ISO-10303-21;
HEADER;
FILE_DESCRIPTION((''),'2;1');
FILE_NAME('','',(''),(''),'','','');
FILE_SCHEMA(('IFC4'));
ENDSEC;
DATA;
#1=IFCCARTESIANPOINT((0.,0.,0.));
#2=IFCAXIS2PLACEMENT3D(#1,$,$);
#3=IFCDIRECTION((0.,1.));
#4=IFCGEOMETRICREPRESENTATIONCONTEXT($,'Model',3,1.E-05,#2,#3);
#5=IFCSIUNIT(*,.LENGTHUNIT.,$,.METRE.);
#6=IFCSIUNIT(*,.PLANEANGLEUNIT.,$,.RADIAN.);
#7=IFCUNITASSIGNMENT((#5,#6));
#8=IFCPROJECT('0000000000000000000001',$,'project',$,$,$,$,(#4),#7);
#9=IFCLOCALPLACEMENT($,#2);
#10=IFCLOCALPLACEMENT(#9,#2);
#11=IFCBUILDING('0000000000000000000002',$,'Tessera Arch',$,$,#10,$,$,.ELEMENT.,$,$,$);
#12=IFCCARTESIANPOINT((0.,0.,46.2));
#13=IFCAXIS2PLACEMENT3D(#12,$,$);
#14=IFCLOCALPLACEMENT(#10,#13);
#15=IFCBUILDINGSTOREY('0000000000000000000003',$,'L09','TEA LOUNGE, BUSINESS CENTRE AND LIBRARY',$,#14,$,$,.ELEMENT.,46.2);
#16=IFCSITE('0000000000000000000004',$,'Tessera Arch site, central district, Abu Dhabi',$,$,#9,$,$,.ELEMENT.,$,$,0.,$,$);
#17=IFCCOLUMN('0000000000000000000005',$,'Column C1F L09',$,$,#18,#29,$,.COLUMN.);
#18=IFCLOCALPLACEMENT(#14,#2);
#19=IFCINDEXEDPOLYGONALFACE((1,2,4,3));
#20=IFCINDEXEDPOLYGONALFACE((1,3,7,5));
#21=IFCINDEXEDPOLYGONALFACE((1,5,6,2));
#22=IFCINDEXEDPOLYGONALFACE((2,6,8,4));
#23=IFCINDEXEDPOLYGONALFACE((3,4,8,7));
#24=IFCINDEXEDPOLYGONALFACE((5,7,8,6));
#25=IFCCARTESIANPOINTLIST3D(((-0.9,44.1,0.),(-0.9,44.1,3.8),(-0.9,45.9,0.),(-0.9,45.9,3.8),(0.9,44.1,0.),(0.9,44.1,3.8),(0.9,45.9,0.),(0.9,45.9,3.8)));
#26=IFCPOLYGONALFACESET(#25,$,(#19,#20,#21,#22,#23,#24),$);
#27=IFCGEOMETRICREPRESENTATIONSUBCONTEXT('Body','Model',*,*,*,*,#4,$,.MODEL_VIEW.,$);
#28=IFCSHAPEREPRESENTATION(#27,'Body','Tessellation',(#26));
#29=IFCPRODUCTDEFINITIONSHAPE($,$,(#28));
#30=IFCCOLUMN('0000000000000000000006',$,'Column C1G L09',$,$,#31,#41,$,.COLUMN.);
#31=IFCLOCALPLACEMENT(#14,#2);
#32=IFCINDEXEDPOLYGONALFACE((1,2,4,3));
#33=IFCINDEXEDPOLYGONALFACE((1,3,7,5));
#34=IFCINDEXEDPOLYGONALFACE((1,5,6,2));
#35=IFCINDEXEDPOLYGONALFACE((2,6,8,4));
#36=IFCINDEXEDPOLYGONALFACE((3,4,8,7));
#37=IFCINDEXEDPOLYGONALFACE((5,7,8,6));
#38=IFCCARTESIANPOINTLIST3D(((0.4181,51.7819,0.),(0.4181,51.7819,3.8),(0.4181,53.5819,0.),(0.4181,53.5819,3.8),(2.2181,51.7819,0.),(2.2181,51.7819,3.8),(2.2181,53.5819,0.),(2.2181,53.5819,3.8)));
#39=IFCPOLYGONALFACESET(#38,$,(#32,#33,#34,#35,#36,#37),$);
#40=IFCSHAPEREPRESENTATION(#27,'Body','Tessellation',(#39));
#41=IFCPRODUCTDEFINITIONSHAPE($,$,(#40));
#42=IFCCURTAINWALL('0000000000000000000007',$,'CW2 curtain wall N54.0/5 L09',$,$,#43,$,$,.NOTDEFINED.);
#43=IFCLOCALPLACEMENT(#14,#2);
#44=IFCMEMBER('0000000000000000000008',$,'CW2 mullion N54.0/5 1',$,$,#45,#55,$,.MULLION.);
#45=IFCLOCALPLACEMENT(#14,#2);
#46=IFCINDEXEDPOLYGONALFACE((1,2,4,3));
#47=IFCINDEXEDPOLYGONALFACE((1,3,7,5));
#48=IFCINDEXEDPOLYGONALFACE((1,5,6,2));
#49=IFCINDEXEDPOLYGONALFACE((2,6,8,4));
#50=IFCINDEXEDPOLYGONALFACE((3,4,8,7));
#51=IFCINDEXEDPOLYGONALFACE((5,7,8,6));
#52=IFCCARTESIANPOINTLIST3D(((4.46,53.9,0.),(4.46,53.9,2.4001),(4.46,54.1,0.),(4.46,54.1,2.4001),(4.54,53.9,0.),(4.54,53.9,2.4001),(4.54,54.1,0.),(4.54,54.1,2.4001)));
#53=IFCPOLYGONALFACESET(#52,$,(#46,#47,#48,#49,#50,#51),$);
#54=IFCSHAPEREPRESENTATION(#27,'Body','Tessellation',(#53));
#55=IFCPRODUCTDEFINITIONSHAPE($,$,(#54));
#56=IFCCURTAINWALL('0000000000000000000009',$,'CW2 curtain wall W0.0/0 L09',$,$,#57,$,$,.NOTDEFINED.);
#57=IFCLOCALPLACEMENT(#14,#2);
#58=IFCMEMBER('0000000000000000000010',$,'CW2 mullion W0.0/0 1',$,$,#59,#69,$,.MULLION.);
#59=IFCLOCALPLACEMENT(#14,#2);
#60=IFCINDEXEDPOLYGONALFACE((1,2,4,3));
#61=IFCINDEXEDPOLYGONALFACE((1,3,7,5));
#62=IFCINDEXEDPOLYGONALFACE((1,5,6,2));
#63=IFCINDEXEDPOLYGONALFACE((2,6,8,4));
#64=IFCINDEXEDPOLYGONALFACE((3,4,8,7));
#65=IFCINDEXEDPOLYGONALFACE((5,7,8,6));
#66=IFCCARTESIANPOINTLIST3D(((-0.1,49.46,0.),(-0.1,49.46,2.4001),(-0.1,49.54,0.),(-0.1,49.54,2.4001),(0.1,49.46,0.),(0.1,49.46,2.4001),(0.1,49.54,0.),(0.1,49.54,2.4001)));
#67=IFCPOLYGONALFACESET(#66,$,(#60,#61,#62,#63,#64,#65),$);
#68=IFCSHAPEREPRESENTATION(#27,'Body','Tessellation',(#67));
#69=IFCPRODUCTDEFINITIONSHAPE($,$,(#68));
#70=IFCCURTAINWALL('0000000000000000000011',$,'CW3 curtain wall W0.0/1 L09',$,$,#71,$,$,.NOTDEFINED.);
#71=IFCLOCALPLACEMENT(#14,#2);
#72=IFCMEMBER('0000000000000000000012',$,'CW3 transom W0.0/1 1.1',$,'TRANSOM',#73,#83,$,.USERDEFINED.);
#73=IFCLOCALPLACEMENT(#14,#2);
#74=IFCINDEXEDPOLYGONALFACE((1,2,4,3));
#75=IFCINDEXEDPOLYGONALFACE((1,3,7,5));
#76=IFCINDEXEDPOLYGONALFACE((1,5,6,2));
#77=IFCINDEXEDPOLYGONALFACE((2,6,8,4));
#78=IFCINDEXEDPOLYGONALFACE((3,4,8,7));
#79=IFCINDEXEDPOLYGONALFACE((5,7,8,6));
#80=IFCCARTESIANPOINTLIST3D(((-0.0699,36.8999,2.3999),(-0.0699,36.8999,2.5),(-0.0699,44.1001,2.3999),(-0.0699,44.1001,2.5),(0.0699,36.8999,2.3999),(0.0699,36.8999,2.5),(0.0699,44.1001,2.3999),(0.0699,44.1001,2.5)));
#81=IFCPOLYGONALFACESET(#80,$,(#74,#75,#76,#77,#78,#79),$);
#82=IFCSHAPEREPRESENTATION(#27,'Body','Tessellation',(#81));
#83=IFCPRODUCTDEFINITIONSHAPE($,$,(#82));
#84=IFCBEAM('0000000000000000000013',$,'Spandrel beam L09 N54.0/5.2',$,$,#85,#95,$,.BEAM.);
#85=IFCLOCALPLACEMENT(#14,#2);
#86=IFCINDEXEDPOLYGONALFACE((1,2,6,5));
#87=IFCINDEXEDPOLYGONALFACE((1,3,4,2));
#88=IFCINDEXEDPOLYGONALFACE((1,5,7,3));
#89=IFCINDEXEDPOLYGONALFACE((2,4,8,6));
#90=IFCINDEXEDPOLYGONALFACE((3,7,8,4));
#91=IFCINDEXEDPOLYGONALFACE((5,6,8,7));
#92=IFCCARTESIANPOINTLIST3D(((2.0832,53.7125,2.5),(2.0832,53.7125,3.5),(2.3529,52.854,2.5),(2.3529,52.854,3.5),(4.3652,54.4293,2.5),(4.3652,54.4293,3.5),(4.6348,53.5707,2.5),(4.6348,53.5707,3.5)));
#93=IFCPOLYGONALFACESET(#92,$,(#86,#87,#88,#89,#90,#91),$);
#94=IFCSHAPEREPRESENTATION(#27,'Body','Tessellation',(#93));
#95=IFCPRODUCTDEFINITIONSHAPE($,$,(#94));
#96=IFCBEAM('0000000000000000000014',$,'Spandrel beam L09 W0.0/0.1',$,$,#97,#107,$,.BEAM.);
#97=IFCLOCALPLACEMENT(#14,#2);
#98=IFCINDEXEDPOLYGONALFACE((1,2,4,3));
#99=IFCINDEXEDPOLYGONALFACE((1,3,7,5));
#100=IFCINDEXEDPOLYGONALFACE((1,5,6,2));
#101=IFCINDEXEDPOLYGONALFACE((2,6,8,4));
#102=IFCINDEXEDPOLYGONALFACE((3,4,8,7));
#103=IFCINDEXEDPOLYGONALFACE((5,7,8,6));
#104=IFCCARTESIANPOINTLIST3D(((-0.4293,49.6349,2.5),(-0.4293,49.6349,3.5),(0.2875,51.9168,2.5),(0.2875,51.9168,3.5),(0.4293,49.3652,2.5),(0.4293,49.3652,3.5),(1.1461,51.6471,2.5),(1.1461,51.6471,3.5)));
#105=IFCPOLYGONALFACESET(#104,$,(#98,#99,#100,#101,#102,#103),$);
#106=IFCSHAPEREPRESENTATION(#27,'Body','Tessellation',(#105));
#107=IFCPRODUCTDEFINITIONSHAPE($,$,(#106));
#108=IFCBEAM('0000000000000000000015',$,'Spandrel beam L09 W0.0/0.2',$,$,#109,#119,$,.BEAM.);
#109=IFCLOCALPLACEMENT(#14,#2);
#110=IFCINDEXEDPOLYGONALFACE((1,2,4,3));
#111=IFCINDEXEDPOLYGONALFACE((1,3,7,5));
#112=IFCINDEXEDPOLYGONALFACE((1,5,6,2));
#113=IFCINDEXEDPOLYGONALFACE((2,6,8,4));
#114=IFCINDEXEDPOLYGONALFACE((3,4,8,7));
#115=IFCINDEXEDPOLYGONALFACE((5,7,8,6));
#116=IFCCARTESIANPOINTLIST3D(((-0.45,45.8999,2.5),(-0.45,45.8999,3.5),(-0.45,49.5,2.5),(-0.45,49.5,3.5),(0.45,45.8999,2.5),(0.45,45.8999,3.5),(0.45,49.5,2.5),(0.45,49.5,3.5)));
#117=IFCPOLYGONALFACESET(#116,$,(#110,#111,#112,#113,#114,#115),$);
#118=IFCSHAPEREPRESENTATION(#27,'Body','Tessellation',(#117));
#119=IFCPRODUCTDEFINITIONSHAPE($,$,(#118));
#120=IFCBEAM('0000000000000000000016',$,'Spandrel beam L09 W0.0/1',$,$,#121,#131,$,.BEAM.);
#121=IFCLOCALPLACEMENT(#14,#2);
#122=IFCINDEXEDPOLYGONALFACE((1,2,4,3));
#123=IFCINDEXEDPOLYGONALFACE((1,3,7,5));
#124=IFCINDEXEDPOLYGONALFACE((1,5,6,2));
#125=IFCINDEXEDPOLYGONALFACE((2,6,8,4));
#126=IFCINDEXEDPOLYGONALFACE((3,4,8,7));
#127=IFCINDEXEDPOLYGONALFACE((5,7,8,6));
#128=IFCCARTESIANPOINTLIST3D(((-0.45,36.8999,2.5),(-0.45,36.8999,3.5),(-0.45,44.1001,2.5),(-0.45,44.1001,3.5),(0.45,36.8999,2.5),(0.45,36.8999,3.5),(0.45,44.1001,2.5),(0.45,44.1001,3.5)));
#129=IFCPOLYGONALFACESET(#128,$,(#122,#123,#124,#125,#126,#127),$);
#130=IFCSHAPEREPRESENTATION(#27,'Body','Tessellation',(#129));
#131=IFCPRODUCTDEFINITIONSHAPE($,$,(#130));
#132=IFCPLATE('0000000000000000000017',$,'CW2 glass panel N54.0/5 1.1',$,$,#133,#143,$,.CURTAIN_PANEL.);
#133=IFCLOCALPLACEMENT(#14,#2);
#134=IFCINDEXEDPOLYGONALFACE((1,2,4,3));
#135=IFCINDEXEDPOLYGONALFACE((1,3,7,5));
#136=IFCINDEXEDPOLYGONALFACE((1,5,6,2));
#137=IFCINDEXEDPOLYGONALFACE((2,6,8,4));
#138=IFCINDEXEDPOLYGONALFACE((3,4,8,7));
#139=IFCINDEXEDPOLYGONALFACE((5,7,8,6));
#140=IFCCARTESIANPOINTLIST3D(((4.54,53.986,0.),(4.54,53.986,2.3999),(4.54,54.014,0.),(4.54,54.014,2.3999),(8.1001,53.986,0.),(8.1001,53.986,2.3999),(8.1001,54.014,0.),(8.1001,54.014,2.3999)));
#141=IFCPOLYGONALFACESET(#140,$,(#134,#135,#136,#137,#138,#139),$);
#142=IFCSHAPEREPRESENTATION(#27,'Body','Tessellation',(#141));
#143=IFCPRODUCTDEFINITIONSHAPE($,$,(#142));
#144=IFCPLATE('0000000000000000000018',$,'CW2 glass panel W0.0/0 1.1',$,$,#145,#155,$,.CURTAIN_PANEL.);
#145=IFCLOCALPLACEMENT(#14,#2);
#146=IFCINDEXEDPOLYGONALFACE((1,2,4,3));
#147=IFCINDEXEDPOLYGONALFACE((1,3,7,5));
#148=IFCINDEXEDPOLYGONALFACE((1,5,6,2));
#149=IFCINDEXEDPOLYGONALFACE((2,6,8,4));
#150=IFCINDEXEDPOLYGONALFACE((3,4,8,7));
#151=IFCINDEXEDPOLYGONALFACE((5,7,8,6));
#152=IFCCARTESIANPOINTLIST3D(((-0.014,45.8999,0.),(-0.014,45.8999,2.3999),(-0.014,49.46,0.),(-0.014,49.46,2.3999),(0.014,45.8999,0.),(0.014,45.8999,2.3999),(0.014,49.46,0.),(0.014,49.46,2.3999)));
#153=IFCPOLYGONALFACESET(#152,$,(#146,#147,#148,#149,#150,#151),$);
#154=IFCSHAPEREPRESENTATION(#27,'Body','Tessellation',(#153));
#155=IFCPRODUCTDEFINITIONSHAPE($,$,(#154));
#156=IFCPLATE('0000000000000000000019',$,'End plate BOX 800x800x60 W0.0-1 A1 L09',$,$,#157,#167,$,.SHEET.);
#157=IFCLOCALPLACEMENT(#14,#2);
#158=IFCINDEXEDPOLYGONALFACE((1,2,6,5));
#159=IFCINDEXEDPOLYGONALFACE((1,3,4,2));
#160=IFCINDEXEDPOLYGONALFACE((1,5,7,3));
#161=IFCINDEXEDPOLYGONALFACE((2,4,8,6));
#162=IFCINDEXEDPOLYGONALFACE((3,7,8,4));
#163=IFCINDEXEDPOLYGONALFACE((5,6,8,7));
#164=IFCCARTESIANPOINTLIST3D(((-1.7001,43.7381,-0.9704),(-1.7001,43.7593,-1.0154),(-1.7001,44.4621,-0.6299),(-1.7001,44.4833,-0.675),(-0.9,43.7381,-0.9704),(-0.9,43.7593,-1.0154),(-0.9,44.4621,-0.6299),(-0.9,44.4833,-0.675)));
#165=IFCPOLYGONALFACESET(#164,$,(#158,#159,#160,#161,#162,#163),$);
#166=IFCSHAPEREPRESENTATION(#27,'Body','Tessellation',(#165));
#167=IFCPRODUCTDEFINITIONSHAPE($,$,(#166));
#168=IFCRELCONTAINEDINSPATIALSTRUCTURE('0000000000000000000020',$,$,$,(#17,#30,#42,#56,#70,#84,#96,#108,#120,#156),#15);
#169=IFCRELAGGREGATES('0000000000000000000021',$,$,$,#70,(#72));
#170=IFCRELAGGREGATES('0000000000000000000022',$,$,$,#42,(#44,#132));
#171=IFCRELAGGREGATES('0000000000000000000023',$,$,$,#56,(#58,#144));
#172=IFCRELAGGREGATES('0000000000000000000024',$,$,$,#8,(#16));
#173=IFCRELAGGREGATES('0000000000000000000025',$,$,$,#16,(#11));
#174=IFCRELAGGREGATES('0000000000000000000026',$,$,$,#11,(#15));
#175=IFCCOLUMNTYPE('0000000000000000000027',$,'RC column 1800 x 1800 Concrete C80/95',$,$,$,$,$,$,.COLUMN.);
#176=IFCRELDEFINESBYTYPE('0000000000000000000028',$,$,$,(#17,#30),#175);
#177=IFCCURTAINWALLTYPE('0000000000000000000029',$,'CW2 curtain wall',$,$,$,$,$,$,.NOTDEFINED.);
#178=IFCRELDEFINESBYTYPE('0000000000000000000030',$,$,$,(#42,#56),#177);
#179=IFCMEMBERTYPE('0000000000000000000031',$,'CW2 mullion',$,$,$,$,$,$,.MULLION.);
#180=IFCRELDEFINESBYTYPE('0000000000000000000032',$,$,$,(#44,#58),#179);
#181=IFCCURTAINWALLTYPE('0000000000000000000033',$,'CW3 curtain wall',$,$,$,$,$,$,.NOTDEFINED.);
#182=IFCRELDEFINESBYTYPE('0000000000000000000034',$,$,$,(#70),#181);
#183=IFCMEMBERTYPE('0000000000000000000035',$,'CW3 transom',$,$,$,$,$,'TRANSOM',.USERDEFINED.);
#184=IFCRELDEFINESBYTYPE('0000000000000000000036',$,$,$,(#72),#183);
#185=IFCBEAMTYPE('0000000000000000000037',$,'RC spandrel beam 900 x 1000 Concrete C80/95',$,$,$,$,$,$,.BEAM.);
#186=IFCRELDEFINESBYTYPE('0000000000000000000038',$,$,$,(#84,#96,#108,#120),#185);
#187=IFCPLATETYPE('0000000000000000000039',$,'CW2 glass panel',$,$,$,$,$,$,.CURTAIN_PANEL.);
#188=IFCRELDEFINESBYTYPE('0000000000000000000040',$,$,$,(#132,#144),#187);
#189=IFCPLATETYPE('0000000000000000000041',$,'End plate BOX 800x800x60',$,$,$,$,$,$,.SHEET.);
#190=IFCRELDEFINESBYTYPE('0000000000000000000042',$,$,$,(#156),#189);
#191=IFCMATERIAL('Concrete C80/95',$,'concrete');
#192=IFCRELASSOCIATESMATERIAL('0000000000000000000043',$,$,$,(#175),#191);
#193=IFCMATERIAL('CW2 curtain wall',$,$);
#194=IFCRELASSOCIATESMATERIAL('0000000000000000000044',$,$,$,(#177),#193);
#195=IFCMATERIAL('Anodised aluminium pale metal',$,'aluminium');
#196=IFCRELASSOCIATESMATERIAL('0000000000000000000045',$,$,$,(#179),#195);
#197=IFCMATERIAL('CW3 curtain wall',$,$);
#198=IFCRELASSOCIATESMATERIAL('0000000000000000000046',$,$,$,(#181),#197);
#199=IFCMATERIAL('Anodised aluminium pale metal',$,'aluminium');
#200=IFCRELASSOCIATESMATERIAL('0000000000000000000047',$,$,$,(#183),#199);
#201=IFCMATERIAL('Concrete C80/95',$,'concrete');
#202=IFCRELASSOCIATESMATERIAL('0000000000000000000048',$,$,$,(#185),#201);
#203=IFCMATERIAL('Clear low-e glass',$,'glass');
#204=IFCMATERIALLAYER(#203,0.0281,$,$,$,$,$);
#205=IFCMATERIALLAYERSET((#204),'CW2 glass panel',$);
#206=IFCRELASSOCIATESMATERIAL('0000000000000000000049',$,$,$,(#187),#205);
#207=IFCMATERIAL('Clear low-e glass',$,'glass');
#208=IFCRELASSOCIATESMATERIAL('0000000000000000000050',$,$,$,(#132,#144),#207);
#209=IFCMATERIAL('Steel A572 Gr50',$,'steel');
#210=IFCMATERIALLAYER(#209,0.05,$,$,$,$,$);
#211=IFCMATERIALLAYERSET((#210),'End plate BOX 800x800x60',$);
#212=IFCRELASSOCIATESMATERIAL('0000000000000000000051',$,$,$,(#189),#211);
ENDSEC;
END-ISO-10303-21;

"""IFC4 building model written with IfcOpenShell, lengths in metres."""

from ifc_helpers import new_model, si_unit, direction, frame, origin, origin_2d, place, context, subcontext, project, spatial, rectangle, extrude, material, layer, layer_set, material_profile, profile_set, type_object, element, aggregate, save


model = new_model("IFC4")

# Units and contexts
model_context = context("Model", 3, precision=1e-05, world=origin(), true_north=direction((0.0, 1.0)))
body_context = subcontext(model_context, "Body", "Model", "MODEL_VIEW")
ifc_project = project(units=[si_unit("LENGTHUNIT", "METRE"), si_unit("PLANEANGLEUNIT", "RADIAN")], contexts=[model_context])

# Site, building, storey
site_placement = place(None, origin())
site = spatial("IfcSite", under=ifc_project, at=site_placement, Name="Tessera Arch site, central district, Abu Dhabi", CompositionType="ELEMENT", RefElevation=0.0)
building_placement = place(site_placement, origin())
building = spatial("IfcBuilding", under=site, at=building_placement, Name="Tessera Arch", CompositionType="ELEMENT")
storey_placement = place(building_placement, frame((0.0, 0.0, 46.2)))
storey = spatial("IfcBuildingStorey", under=building, at=storey_placement, Name="L09", Description="TEA LOUNGE, BUSINESS CENTRE AND LIBRARY", CompositionType="ELEMENT", Elevation=46.2)

# Columns
ifc_material_1 = material(Name="Concrete C80/95", Category="concrete")
ifc_material_profile_1 = material_profile(ifc_material_1, rectangle(XDim=1.8, YDim=1.8, at=origin_2d()), Name="RC column 1800 x 1800 Concrete C80/95")
ifc_profile_set_1 = profile_set([ifc_material_profile_1], Name="Concrete C80/95")
column_type = type_object("IfcColumnType", Name="RC column 1800 x 1800 Concrete C80/95", PredefinedType="COLUMN", material=ifc_profile_set_1)
for number, where, z_axis, x_axis, name in (
    (1, (0.0, 45.0, 0.0), (0.0, 0.0, 1.0), (1.0, 0.0, 0.0), "Column C1F L09"),
    (2, (1.3181, 52.6819, 0.0), (0.0, 0.0, 1.0), (1.0, 0.0, 0.0), "Column C1G L09"),
):
    element("IfcColumn", number, at=place(storey_placement, frame(where, z_axis=z_axis, x_axis=x_axis)), inside=storey, type_object=column_type, Name=name, PredefinedType="COLUMN", context=body_context, shape_type="SweptSolid", body=[
        extrude(rectangle(XDim=1.8, YDim=1.8, at=origin_2d()), origin(), (0.0, 0.0, 1.0), 3.8),
    ])

# Curtain walls, members
ifc_material_2 = material(Name="CW2 curtain wall")
curtain_wall_type_1 = type_object("IfcCurtainWallType", Name="CW2 curtain wall", PredefinedType="NOTDEFINED", material=ifc_material_2)
curtain_wall_1_placement = place(storey_placement, origin())
curtain_wall_1 = element("IfcCurtainWall", 3, at=curtain_wall_1_placement, inside=storey, type_object=curtain_wall_type_1, Name="CW2 curtain wall N54.0/5 L09", PredefinedType="NOTDEFINED")
ifc_material_3 = material(Name="Anodised aluminium pale metal", Category="aluminium")
ifc_material_profile_2 = material_profile(ifc_material_3, rectangle(XDim=0.2, YDim=0.0801, at=origin_2d()), Name="AL 80x200")
ifc_profile_set_2 = profile_set([ifc_material_profile_2], Name="Anodised aluminium pale metal")
member_type_1 = type_object("IfcMemberType", Name="CW2 mullion", PredefinedType="MULLION", material=ifc_profile_set_2)
member_1_placement = place(storey_placement, frame((4.5, 54.0, 0.0), z_axis=(0.0, 0.0, 1.0), x_axis=(0.0, -1.0, 0.0)))
member_1 = element("IfcMember", 4, at=member_1_placement, type_object=member_type_1, Name="CW2 mullion N54.0/5 1", PredefinedType="MULLION", context=body_context, shape_type="SweptSolid", body=[
    extrude(rectangle(XDim=0.2, YDim=0.0801, at=origin_2d()), origin(), (0.0, 0.0, 1.0), 2.4001),
])
curtain_wall_2_placement = place(storey_placement, origin())
curtain_wall_2 = element("IfcCurtainWall", 5, at=curtain_wall_2_placement, inside=storey, type_object=curtain_wall_type_1, Name="CW2 curtain wall W0.0/0 L09", PredefinedType="NOTDEFINED")
member_2_placement = place(storey_placement, frame((0.0, 49.5, 0.0), z_axis=(0.0, 0.0, 1.0), x_axis=(1.0, 0.0, 0.0)))
member_2 = element("IfcMember", 6, at=member_2_placement, type_object=member_type_1, Name="CW2 mullion W0.0/0 1", PredefinedType="MULLION", context=body_context, shape_type="SweptSolid", body=[
    extrude(rectangle(XDim=0.2, YDim=0.0801, at=origin_2d()), origin(), (0.0, 0.0, 1.0), 2.4001),
])
ifc_material_4 = material(Name="CW3 curtain wall")
curtain_wall_type_2 = type_object("IfcCurtainWallType", Name="CW3 curtain wall", PredefinedType="NOTDEFINED", material=ifc_material_4)
curtain_wall_3_placement = place(storey_placement, origin())
curtain_wall_3 = element("IfcCurtainWall", 7, at=curtain_wall_3_placement, inside=storey, type_object=curtain_wall_type_2, Name="CW3 curtain wall W0.0/1 L09", PredefinedType="NOTDEFINED")
ifc_material_5 = material(Name="Anodised aluminium pale metal", Category="aluminium")
ifc_material_profile_3 = material_profile(ifc_material_5, rectangle(XDim=0.1399, YDim=0.1001, at=origin_2d()), Name="AL 140x100")
ifc_profile_set_3 = profile_set([ifc_material_profile_3], Name="Anodised aluminium pale metal")
member_type_2 = type_object("IfcMemberType", Name="CW3 transom", ElementType="TRANSOM", PredefinedType="USERDEFINED", material=ifc_profile_set_3)
member_3_placement = place(storey_placement, frame((0.0, 44.1001, 2.45), z_axis=(0.0, -1.0, 0.0), x_axis=(1.0, 0.0, 0.0)))
member_3 = element("IfcMember", 8, at=member_3_placement, type_object=member_type_2, Name="CW3 transom W0.0/1 1.1", ObjectType="TRANSOM", PredefinedType="USERDEFINED", context=body_context, shape_type="SweptSolid", body=[
    extrude(rectangle(XDim=0.1399, YDim=0.1001, at=origin_2d()), origin(), (0.0, 0.0, 1.0), 7.2002),
])
aggregate(curtain_wall_3, [member_3])

# Beams
ifc_material_6 = material(Name="Concrete C80/95", Category="concrete")
ifc_material_profile_4 = material_profile(ifc_material_6, rectangle(XDim=0.8999, YDim=1.0, at=origin_2d()), Name="RC spandrel beam 900 x 1000 Concrete C80/95")
ifc_profile_set_4 = profile_set([ifc_material_profile_4], Name="Concrete C80/95")
beam_type = type_object("IfcBeamType", Name="RC spandrel beam 900 x 1000 Concrete C80/95", PredefinedType="BEAM", material=ifc_profile_set_4)
for number, where, z_axis, x_axis, name in (
    (9, (4.5, 54.0, 3.0), (-0.954041, -0.299675, 0.0), (0.299675, -0.954041, 0.0), "Spandrel beam L09 N54.0/5.2"),
    (10, (0.7168, 51.782, 3.0), (-0.299675, -0.954041, 0.0), (0.954041, -0.299675, 0.0), "Spandrel beam L09 W0.0/0.1"),
):
    element("IfcBeam", number, at=place(storey_placement, frame(where, z_axis=z_axis, x_axis=x_axis)), inside=storey, type_object=beam_type, Name=name, PredefinedType="BEAM", context=body_context, shape_type="SweptSolid", body=[
        extrude(rectangle(XDim=0.8999, YDim=1.0, at=origin_2d()), origin(), (0.0, 0.0, 1.0), 2.3918),
    ])
beam_1_placement = place(storey_placement, frame((0.0, 49.5, 3.0), z_axis=(0.0, -1.0, 0.0), x_axis=(1.0, 0.0, 0.0)))
element("IfcBeam", 11, at=beam_1_placement, inside=storey, type_object=beam_type, Name="Spandrel beam L09 W0.0/0.2", PredefinedType="BEAM", context=body_context, shape_type="SweptSolid", body=[
    extrude(rectangle(XDim=0.8999, YDim=1.0, at=origin_2d()), origin(), (0.0, 0.0, 1.0), 3.6001),
])
beam_2_placement = place(storey_placement, frame((0.0, 44.1001, 3.0), z_axis=(0.0, -1.0, 0.0), x_axis=(1.0, 0.0, 0.0)))
element("IfcBeam", 12, at=beam_2_placement, inside=storey, type_object=beam_type, Name="Spandrel beam L09 W0.0/1", PredefinedType="BEAM", context=body_context, shape_type="SweptSolid", body=[
    extrude(rectangle(XDim=0.8999, YDim=1.0, at=origin_2d()), origin(), (0.0, 0.0, 1.0), 7.2002),
])

# Plates
ifc_material_7 = material(Name="Clear low-e glass", Category="glass")
ifc_material_8 = material(Name="Clear low-e glass", Category="glass")
ifc_layer_1 = layer(ifc_material_8, 0.0281)
ifc_layer_set_1 = layer_set([ifc_layer_1], Name="CW2 glass panel")
plate_type_1 = type_object("IfcPlateType", Name="CW2 glass panel", PredefinedType="CURTAIN_PANEL", material=ifc_layer_set_1)
plate_1_placement = place(storey_placement, frame((6.3201, 54.0, 0.0), z_axis=(0.0, 0.0, 1.0), x_axis=(-1.0, 0.0, 0.0)))
plate_1 = element("IfcPlate", 13, at=plate_1_placement, type_object=plate_type_1, material=ifc_material_7, Name="CW2 glass panel N54.0/5 1.1", PredefinedType="CURTAIN_PANEL", context=body_context, shape_type="SweptSolid", body=[
    extrude(rectangle(XDim=3.5601, YDim=0.0281, at=origin_2d()), origin(), (0.0, 0.0, 1.0), 2.3999),
])
aggregate(curtain_wall_1, [member_1, plate_1])
plate_2_placement = place(storey_placement, frame((0.0, 47.6799, 0.0), z_axis=(0.0, 0.0, 1.0), x_axis=(0.0, -1.0, 0.0)))
plate_2 = element("IfcPlate", 14, at=plate_2_placement, type_object=plate_type_1, material=ifc_material_7, Name="CW2 glass panel W0.0/0 1.1", PredefinedType="CURTAIN_PANEL", context=body_context, shape_type="SweptSolid", body=[
    extrude(rectangle(XDim=3.5601, YDim=0.0281, at=origin_2d()), origin(), (0.0, 0.0, 1.0), 2.3999),
])
aggregate(curtain_wall_2, [member_2, plate_2])
ifc_material_9 = material(Name="Steel A572 Gr50", Category="steel")
ifc_layer_2 = layer(ifc_material_9, 0.05)
ifc_layer_set_2 = layer_set([ifc_layer_2], Name="End plate BOX 800x800x60")
plate_type_2 = type_object("IfcPlateType", Name="End plate BOX 800x800x60", PredefinedType="SHEET", material=ifc_layer_set_2)
plate_3_placement = place(storey_placement, frame((-1.3, 44.1213, -0.8452), z_axis=(0.0, -0.425561, 0.90493), x_axis=(1.0, 0.0, 0.0)))
element("IfcPlate", 15, at=plate_3_placement, inside=storey, type_object=plate_type_2, Name="End plate BOX 800x800x60 W0.0-1 A1 L09", PredefinedType="SHEET", context=body_context, shape_type="SweptSolid", body=[
    extrude(rectangle(XDim=0.8, YDim=0.8, at=origin_2d()), origin(), (0.0, 0.0, 1.0), 0.0498),
])

save(model, "model.ifc")
